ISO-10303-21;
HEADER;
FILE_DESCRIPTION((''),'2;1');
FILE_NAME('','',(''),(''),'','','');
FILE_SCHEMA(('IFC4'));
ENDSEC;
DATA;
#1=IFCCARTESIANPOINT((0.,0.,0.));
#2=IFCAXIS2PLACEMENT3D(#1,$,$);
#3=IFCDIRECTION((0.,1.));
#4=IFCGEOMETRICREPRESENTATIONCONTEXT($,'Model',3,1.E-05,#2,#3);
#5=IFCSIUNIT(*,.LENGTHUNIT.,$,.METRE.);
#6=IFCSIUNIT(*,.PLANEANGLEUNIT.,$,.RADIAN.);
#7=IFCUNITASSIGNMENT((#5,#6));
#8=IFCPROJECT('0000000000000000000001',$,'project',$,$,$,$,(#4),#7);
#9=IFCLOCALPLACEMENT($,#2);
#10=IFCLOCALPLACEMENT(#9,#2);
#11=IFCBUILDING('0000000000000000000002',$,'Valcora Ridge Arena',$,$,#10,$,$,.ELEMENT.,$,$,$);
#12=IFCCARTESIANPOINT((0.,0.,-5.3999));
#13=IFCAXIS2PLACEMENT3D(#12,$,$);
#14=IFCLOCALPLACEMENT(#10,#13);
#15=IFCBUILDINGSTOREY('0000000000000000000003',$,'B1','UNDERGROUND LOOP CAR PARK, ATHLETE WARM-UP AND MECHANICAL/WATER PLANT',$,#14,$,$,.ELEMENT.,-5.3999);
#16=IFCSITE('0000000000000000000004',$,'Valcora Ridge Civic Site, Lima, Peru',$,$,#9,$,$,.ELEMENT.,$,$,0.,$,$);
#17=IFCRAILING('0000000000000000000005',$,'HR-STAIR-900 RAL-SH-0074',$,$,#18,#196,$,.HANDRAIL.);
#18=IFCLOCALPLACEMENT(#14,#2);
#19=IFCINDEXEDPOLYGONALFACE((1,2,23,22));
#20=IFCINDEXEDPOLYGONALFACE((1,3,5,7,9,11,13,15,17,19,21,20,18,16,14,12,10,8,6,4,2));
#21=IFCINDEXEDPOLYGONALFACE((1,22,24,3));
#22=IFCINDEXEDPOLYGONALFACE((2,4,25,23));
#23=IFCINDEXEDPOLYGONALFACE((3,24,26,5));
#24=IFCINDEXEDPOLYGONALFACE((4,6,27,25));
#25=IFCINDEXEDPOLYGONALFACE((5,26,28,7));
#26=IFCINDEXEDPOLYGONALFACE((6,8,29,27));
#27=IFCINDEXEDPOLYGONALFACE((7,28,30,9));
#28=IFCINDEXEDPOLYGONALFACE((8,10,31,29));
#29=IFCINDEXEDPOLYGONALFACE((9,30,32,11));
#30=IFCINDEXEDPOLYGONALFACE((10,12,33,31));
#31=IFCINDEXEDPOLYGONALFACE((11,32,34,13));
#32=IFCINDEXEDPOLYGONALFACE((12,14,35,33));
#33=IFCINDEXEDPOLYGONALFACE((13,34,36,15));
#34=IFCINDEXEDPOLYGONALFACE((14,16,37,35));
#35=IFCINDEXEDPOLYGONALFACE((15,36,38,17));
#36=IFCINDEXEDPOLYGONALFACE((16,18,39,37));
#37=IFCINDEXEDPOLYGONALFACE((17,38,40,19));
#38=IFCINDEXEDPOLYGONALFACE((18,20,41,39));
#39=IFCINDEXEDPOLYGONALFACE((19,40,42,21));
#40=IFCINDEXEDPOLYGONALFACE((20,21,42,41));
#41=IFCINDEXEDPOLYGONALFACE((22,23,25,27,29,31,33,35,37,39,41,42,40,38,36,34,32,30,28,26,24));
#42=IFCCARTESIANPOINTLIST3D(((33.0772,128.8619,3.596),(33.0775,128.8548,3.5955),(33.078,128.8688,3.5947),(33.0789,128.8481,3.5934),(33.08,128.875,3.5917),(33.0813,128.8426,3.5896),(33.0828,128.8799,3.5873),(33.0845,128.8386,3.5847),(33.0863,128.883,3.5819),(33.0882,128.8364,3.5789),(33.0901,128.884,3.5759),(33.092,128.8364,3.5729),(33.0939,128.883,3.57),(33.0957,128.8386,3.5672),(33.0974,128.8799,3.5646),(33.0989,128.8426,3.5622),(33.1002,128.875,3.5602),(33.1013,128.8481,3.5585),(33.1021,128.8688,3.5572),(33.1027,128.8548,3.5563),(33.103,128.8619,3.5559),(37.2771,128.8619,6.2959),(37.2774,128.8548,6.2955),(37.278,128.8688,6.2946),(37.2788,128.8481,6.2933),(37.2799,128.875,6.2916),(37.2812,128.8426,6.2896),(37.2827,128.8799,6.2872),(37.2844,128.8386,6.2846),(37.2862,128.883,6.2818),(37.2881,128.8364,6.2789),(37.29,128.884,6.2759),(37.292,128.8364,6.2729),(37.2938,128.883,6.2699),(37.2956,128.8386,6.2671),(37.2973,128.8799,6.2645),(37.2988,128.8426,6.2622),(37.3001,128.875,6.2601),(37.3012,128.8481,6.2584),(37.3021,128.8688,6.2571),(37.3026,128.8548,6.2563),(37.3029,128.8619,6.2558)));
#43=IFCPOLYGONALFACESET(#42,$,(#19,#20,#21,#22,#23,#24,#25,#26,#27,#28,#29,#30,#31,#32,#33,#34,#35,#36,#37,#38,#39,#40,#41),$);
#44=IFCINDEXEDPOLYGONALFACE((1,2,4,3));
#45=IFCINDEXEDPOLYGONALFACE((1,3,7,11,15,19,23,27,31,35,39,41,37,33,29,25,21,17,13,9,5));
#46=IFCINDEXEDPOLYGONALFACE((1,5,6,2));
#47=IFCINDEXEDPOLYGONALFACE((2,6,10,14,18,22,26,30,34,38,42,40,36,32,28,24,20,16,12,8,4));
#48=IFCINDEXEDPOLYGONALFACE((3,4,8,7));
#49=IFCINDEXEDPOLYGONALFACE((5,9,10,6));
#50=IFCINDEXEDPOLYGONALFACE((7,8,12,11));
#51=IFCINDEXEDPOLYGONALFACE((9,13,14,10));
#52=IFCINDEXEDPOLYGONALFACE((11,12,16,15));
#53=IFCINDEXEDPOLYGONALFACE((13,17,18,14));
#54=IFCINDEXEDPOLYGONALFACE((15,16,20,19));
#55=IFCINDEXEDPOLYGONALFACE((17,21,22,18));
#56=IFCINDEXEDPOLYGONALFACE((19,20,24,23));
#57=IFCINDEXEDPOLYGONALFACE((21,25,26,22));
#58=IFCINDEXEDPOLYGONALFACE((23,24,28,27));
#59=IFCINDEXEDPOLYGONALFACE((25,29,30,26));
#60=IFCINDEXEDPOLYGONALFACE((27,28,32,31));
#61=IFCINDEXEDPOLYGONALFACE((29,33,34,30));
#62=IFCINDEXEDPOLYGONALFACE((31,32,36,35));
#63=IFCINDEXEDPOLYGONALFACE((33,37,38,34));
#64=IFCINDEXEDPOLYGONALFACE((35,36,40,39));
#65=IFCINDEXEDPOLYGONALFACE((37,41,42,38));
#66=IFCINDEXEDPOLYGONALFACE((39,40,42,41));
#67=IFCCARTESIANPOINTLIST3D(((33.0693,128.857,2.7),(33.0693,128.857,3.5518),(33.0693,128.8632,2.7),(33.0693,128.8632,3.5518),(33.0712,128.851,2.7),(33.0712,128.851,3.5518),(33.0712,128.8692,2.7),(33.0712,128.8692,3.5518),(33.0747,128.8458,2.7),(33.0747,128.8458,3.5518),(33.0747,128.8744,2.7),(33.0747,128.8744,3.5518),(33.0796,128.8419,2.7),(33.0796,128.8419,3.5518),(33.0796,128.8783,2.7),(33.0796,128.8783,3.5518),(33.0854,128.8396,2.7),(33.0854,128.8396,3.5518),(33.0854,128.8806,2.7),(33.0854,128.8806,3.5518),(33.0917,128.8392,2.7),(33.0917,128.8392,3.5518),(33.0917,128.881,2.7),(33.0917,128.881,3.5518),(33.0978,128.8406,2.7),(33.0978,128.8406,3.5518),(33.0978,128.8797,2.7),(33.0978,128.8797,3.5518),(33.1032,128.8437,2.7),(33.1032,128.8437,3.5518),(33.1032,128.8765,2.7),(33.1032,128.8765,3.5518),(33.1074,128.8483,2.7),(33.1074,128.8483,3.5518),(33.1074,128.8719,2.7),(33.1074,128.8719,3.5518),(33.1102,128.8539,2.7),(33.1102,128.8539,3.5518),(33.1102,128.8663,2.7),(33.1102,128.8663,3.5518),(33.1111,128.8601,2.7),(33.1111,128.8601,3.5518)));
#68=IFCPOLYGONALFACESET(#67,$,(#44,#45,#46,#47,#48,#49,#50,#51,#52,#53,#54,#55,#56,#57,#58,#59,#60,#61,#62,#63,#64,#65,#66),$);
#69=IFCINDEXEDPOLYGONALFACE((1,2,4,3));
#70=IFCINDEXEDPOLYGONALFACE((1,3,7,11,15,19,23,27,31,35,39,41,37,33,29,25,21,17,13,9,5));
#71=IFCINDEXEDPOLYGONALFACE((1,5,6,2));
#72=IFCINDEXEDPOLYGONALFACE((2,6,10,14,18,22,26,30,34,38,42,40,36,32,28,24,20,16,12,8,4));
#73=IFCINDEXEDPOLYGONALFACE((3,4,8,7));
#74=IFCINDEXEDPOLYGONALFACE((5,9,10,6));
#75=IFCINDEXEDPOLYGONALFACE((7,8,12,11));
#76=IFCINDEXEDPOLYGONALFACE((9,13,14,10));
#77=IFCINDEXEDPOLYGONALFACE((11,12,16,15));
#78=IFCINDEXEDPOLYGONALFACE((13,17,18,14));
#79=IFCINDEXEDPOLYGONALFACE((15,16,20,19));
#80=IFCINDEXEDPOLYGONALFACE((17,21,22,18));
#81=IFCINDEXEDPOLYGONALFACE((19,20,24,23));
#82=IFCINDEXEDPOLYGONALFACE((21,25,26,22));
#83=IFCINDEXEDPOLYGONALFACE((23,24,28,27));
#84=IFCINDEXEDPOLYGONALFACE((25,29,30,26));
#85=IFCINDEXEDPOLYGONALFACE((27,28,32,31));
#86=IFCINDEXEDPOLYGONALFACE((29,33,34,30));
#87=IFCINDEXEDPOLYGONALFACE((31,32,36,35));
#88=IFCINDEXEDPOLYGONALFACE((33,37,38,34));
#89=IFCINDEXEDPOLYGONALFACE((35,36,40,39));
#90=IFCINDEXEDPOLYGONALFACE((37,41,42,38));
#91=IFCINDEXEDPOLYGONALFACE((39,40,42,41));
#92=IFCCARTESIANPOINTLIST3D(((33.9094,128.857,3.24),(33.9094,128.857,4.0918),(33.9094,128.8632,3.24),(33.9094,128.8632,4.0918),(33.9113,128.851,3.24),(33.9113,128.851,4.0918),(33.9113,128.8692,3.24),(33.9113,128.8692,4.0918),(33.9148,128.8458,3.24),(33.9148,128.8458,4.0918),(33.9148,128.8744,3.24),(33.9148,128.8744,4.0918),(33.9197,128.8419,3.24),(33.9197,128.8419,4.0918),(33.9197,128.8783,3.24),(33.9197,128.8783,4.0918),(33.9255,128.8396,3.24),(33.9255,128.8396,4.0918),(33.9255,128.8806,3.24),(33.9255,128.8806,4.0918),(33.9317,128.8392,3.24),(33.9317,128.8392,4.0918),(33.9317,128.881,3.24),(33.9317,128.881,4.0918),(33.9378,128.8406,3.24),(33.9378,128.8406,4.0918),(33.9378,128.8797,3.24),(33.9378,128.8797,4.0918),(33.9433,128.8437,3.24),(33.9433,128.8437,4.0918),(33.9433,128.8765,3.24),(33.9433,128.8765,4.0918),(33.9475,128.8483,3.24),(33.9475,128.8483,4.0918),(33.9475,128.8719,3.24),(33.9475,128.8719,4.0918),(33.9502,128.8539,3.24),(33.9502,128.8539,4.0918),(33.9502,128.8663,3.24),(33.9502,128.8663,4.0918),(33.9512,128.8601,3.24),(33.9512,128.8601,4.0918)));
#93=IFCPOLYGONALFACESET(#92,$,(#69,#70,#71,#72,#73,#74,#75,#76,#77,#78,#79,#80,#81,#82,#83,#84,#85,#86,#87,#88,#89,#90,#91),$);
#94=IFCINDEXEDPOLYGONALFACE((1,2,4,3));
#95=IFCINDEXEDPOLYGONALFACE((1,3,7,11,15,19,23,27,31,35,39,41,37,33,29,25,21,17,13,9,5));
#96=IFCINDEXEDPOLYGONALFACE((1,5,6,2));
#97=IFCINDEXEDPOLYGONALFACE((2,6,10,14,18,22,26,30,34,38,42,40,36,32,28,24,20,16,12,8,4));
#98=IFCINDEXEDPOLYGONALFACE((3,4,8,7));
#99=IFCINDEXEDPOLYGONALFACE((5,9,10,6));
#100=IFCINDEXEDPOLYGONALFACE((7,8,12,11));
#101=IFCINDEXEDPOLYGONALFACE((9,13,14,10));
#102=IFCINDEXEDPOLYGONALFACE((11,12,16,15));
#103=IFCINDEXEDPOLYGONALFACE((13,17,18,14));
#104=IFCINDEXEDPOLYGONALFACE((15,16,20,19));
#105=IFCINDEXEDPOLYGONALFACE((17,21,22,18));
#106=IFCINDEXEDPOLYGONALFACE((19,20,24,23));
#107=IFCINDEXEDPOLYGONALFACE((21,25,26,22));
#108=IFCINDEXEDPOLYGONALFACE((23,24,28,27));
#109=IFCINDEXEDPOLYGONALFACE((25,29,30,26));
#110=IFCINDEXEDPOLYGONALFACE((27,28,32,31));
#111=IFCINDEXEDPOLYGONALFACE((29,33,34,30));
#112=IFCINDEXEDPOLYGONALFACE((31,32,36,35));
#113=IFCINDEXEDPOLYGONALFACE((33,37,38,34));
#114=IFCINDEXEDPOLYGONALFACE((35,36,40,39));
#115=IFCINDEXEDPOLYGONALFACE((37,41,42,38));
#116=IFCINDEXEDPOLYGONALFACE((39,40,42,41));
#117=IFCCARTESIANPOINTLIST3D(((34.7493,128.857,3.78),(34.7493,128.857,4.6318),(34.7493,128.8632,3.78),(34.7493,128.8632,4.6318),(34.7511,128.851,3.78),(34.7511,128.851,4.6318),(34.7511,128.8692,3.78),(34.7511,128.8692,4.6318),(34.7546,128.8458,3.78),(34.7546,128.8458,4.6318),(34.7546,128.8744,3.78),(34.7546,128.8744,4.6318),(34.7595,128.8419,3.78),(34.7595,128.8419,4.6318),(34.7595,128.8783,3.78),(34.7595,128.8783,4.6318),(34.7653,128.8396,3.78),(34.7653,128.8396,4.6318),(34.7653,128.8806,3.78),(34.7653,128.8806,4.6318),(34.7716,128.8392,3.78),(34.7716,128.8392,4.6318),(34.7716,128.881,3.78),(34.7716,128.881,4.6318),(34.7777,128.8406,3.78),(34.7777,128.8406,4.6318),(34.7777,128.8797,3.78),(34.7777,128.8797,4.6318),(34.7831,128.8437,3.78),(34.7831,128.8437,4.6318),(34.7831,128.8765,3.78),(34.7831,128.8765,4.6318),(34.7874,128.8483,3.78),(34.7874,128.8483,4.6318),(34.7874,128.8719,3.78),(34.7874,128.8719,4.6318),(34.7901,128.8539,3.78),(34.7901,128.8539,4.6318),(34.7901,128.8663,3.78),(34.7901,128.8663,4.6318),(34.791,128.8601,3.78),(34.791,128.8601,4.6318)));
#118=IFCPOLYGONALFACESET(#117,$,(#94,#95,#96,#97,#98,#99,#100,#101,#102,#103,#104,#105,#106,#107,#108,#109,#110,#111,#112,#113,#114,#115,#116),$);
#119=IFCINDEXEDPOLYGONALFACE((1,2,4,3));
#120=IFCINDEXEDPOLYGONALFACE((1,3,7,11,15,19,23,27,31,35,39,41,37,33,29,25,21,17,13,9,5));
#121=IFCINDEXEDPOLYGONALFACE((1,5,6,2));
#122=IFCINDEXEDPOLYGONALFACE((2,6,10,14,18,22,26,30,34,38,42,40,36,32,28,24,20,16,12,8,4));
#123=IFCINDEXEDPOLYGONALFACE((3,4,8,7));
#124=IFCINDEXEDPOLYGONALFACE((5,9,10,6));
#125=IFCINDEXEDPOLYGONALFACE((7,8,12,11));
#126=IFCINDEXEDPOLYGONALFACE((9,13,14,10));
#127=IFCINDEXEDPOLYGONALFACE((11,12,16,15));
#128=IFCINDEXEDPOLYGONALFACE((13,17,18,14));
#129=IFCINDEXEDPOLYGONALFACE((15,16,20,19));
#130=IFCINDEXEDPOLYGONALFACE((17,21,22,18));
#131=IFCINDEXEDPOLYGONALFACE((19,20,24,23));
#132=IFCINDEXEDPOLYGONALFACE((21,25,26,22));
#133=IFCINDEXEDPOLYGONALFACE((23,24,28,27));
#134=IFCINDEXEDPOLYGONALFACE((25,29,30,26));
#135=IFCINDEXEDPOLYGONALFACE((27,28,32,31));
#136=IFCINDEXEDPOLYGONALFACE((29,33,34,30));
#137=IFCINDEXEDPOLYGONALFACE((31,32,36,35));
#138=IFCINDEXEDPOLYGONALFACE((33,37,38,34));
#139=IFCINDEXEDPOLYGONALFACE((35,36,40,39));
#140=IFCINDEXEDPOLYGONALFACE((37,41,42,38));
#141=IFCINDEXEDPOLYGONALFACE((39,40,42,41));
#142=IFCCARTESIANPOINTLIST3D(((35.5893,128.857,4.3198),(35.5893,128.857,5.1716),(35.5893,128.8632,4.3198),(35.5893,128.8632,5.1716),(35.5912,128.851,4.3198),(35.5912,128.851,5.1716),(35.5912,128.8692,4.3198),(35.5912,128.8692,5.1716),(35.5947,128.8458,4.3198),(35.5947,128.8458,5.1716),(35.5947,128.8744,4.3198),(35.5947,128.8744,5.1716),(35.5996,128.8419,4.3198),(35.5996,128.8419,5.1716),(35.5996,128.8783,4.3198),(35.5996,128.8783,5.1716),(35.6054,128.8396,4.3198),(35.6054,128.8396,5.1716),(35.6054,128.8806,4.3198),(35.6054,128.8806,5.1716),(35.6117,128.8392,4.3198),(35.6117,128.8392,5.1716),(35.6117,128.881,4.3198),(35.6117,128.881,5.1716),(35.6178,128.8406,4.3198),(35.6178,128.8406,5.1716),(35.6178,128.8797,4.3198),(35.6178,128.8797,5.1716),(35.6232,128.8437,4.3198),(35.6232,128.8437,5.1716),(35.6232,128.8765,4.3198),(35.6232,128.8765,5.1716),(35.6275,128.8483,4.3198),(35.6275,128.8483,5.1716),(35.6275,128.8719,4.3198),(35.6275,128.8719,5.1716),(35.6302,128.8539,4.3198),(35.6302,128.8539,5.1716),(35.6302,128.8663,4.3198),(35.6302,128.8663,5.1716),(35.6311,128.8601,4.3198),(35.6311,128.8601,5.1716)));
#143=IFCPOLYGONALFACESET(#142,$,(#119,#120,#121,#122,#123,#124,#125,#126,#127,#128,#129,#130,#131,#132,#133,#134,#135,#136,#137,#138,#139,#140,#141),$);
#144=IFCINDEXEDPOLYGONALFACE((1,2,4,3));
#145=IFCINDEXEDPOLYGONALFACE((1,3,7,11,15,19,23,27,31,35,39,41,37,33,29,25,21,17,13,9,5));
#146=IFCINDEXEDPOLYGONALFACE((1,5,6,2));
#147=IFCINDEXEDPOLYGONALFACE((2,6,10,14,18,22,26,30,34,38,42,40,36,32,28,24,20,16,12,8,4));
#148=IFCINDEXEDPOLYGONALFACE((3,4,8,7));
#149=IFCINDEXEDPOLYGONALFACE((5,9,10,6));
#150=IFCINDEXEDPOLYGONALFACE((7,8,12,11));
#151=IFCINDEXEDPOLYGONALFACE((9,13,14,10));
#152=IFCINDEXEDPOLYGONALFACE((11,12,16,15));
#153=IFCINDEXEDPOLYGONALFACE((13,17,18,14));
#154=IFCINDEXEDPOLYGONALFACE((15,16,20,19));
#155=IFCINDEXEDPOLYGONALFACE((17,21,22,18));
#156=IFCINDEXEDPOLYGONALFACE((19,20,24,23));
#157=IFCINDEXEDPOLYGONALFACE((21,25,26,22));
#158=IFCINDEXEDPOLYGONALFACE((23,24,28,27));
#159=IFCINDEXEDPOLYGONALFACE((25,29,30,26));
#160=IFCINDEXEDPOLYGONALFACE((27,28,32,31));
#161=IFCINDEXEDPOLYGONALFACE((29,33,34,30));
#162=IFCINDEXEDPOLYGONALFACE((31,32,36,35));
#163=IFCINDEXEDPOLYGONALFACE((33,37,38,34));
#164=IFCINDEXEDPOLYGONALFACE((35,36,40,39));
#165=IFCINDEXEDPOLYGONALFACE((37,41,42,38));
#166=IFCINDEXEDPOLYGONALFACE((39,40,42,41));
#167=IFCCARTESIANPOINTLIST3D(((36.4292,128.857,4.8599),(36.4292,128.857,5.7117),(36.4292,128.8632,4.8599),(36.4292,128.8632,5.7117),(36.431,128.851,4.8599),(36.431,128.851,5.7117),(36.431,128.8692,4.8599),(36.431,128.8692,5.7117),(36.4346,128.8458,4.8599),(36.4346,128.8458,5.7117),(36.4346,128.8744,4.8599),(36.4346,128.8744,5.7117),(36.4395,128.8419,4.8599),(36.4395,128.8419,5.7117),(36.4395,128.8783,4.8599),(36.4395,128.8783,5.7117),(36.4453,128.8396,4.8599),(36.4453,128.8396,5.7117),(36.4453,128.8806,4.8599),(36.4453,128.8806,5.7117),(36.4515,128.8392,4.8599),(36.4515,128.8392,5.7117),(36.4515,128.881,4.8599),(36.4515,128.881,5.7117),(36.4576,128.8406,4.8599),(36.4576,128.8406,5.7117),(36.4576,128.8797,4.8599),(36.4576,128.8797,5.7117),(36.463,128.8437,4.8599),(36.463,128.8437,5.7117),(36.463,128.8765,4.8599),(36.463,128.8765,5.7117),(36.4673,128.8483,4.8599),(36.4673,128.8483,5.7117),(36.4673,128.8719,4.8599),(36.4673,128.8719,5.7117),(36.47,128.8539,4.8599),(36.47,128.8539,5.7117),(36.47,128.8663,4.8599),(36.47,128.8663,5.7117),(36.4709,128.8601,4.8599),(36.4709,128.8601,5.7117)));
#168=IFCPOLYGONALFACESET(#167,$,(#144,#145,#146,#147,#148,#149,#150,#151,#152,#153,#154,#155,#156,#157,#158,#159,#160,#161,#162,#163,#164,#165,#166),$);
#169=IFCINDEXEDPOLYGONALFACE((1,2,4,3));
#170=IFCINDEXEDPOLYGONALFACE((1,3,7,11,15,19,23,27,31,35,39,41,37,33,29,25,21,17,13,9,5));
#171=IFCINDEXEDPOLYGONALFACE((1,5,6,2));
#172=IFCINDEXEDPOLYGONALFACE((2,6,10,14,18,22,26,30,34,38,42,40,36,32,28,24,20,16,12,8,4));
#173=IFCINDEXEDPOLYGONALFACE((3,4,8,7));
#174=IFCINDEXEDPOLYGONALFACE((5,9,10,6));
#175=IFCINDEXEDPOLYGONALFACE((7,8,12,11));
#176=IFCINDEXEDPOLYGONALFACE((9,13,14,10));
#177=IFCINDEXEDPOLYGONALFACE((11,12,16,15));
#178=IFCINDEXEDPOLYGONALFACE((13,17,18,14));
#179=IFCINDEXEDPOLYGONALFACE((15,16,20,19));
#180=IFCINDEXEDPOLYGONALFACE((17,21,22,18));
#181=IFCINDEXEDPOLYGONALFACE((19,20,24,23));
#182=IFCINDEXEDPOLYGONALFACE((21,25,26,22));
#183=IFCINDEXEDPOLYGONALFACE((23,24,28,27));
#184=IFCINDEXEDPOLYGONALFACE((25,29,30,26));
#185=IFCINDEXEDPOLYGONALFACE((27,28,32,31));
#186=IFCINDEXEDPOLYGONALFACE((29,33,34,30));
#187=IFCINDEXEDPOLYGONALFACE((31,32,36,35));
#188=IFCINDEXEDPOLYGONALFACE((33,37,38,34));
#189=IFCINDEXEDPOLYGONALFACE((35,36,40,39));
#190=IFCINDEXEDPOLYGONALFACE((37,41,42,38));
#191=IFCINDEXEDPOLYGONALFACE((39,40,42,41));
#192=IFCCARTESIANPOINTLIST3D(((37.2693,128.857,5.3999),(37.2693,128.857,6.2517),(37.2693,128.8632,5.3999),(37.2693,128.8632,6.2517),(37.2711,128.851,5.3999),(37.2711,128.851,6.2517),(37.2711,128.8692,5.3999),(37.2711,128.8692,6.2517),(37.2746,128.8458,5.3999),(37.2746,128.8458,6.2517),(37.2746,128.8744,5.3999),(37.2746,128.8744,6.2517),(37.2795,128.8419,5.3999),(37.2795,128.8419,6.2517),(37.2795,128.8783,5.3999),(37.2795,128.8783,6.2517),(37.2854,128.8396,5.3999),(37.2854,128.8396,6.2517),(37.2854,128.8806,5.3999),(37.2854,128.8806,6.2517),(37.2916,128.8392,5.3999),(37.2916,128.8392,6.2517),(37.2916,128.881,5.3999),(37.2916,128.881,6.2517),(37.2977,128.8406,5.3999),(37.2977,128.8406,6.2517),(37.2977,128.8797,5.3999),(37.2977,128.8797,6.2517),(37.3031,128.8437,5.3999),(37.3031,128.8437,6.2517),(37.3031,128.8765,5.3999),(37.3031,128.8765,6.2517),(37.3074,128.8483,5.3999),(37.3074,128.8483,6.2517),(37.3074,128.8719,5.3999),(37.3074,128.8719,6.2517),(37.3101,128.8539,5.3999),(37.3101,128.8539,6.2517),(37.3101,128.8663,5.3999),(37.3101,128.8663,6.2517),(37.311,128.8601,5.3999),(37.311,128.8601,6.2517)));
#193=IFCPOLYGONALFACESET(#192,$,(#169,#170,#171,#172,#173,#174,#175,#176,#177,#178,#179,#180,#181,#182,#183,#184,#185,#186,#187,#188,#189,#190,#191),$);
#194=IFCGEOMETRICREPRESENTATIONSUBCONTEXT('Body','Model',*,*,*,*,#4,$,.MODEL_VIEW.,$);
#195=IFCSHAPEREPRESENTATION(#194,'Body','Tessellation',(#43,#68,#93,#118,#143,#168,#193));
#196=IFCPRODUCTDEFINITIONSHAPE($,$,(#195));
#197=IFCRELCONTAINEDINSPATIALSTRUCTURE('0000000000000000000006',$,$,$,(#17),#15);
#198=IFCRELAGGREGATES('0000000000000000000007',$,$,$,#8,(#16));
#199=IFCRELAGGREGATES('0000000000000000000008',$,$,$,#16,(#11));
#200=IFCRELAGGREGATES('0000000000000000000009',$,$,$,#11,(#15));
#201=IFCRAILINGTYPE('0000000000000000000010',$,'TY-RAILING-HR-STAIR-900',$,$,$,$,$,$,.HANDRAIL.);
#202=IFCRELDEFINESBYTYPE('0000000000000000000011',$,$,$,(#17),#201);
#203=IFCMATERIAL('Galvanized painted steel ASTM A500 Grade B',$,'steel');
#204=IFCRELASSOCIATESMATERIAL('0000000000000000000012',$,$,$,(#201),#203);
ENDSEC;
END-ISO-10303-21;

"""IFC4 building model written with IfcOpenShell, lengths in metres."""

from ifc_helpers import new_model, si_unit, direction, frame, origin, origin_2d, place, context, subcontext, project, spatial, circle, extrude, material, type_object, element, save


model = new_model("IFC4")

# Units and contexts
model_context = context("Model", 3, precision=1e-05, world=origin(), true_north=direction((0.0, 1.0)))
body_context = subcontext(model_context, "Body", "Model", "MODEL_VIEW")
ifc_project = project(units=[si_unit("LENGTHUNIT", "METRE"), si_unit("PLANEANGLEUNIT", "RADIAN")], contexts=[model_context])

# Site, building, storey
site_placement = place(None, origin())
site = spatial("IfcSite", under=ifc_project, at=site_placement, Name="Valcora Ridge Civic Site, Lima, Peru", CompositionType="ELEMENT", RefElevation=0.0)
building_placement = place(site_placement, origin())
building = spatial("IfcBuilding", under=site, at=building_placement, Name="Valcora Ridge Arena", CompositionType="ELEMENT")
storey_placement = place(building_placement, frame((0.0, 0.0, -5.3999)))
storey = spatial("IfcBuildingStorey", under=building, at=storey_placement, Name="B1", Description="UNDERGROUND LOOP CAR PARK, ATHLETE WARM-UP AND MECHANICAL/WATER PLANT", CompositionType="ELEMENT", Elevation=-5.3999)

# Railing
ifc_material_1 = material(Name="Galvanized painted steel ASTM A500 Grade B", Category="steel")
railing_type_1 = type_object("IfcRailingType", Name="TY-RAILING-HR-STAIR-900", PredefinedType="HANDRAIL", material=ifc_material_1)
railing_1_placement = place(storey_placement, frame((33.0901, 128.8601, 2.7)))
element("IfcRailing", 1, at=railing_1_placement, inside=storey, type_object=railing_type_1, Name="HR-STAIR-900 RAL-SH-0074", PredefinedType="HANDRAIL", context=body_context, shape_type="SweptSolid", body=[
    extrude(circle(Radius=0.0239, at=origin_2d()), frame((0.0, 0.0, 0.876), z_axis=(0.84118, 0.0, 0.540755), x_axis=(0.0, 1.0, 0.0)), (0.0, 0.0, 1.0), 4.9929),
    extrude(circle(Radius=0.021, at=origin_2d()), origin(), (0.0, 0.0, 1.0), 0.8518),
    extrude(circle(Radius=0.021, at=origin_2d()), frame((0.8401, 0.0, 0.54)), (0.0, 0.0, 1.0), 0.8518),
    extrude(circle(Radius=0.021, at=origin_2d()), frame((1.6799, 0.0, 1.0801)), (0.0, 0.0, 1.0), 0.8518),
    extrude(circle(Radius=0.021, at=origin_2d()), frame((2.52, 0.0, 1.6199)), (0.0, 0.0, 1.0), 0.8518),
    extrude(circle(Radius=0.021, at=origin_2d()), frame((3.3599, 0.0, 2.1599)), (0.0, 0.0, 1.0), 0.8518),
    extrude(circle(Radius=0.021, at=origin_2d()), frame((4.2, 0.0, 2.7)), (0.0, 0.0, 1.0), 0.8518),
])

save(model, "model.ifc")
